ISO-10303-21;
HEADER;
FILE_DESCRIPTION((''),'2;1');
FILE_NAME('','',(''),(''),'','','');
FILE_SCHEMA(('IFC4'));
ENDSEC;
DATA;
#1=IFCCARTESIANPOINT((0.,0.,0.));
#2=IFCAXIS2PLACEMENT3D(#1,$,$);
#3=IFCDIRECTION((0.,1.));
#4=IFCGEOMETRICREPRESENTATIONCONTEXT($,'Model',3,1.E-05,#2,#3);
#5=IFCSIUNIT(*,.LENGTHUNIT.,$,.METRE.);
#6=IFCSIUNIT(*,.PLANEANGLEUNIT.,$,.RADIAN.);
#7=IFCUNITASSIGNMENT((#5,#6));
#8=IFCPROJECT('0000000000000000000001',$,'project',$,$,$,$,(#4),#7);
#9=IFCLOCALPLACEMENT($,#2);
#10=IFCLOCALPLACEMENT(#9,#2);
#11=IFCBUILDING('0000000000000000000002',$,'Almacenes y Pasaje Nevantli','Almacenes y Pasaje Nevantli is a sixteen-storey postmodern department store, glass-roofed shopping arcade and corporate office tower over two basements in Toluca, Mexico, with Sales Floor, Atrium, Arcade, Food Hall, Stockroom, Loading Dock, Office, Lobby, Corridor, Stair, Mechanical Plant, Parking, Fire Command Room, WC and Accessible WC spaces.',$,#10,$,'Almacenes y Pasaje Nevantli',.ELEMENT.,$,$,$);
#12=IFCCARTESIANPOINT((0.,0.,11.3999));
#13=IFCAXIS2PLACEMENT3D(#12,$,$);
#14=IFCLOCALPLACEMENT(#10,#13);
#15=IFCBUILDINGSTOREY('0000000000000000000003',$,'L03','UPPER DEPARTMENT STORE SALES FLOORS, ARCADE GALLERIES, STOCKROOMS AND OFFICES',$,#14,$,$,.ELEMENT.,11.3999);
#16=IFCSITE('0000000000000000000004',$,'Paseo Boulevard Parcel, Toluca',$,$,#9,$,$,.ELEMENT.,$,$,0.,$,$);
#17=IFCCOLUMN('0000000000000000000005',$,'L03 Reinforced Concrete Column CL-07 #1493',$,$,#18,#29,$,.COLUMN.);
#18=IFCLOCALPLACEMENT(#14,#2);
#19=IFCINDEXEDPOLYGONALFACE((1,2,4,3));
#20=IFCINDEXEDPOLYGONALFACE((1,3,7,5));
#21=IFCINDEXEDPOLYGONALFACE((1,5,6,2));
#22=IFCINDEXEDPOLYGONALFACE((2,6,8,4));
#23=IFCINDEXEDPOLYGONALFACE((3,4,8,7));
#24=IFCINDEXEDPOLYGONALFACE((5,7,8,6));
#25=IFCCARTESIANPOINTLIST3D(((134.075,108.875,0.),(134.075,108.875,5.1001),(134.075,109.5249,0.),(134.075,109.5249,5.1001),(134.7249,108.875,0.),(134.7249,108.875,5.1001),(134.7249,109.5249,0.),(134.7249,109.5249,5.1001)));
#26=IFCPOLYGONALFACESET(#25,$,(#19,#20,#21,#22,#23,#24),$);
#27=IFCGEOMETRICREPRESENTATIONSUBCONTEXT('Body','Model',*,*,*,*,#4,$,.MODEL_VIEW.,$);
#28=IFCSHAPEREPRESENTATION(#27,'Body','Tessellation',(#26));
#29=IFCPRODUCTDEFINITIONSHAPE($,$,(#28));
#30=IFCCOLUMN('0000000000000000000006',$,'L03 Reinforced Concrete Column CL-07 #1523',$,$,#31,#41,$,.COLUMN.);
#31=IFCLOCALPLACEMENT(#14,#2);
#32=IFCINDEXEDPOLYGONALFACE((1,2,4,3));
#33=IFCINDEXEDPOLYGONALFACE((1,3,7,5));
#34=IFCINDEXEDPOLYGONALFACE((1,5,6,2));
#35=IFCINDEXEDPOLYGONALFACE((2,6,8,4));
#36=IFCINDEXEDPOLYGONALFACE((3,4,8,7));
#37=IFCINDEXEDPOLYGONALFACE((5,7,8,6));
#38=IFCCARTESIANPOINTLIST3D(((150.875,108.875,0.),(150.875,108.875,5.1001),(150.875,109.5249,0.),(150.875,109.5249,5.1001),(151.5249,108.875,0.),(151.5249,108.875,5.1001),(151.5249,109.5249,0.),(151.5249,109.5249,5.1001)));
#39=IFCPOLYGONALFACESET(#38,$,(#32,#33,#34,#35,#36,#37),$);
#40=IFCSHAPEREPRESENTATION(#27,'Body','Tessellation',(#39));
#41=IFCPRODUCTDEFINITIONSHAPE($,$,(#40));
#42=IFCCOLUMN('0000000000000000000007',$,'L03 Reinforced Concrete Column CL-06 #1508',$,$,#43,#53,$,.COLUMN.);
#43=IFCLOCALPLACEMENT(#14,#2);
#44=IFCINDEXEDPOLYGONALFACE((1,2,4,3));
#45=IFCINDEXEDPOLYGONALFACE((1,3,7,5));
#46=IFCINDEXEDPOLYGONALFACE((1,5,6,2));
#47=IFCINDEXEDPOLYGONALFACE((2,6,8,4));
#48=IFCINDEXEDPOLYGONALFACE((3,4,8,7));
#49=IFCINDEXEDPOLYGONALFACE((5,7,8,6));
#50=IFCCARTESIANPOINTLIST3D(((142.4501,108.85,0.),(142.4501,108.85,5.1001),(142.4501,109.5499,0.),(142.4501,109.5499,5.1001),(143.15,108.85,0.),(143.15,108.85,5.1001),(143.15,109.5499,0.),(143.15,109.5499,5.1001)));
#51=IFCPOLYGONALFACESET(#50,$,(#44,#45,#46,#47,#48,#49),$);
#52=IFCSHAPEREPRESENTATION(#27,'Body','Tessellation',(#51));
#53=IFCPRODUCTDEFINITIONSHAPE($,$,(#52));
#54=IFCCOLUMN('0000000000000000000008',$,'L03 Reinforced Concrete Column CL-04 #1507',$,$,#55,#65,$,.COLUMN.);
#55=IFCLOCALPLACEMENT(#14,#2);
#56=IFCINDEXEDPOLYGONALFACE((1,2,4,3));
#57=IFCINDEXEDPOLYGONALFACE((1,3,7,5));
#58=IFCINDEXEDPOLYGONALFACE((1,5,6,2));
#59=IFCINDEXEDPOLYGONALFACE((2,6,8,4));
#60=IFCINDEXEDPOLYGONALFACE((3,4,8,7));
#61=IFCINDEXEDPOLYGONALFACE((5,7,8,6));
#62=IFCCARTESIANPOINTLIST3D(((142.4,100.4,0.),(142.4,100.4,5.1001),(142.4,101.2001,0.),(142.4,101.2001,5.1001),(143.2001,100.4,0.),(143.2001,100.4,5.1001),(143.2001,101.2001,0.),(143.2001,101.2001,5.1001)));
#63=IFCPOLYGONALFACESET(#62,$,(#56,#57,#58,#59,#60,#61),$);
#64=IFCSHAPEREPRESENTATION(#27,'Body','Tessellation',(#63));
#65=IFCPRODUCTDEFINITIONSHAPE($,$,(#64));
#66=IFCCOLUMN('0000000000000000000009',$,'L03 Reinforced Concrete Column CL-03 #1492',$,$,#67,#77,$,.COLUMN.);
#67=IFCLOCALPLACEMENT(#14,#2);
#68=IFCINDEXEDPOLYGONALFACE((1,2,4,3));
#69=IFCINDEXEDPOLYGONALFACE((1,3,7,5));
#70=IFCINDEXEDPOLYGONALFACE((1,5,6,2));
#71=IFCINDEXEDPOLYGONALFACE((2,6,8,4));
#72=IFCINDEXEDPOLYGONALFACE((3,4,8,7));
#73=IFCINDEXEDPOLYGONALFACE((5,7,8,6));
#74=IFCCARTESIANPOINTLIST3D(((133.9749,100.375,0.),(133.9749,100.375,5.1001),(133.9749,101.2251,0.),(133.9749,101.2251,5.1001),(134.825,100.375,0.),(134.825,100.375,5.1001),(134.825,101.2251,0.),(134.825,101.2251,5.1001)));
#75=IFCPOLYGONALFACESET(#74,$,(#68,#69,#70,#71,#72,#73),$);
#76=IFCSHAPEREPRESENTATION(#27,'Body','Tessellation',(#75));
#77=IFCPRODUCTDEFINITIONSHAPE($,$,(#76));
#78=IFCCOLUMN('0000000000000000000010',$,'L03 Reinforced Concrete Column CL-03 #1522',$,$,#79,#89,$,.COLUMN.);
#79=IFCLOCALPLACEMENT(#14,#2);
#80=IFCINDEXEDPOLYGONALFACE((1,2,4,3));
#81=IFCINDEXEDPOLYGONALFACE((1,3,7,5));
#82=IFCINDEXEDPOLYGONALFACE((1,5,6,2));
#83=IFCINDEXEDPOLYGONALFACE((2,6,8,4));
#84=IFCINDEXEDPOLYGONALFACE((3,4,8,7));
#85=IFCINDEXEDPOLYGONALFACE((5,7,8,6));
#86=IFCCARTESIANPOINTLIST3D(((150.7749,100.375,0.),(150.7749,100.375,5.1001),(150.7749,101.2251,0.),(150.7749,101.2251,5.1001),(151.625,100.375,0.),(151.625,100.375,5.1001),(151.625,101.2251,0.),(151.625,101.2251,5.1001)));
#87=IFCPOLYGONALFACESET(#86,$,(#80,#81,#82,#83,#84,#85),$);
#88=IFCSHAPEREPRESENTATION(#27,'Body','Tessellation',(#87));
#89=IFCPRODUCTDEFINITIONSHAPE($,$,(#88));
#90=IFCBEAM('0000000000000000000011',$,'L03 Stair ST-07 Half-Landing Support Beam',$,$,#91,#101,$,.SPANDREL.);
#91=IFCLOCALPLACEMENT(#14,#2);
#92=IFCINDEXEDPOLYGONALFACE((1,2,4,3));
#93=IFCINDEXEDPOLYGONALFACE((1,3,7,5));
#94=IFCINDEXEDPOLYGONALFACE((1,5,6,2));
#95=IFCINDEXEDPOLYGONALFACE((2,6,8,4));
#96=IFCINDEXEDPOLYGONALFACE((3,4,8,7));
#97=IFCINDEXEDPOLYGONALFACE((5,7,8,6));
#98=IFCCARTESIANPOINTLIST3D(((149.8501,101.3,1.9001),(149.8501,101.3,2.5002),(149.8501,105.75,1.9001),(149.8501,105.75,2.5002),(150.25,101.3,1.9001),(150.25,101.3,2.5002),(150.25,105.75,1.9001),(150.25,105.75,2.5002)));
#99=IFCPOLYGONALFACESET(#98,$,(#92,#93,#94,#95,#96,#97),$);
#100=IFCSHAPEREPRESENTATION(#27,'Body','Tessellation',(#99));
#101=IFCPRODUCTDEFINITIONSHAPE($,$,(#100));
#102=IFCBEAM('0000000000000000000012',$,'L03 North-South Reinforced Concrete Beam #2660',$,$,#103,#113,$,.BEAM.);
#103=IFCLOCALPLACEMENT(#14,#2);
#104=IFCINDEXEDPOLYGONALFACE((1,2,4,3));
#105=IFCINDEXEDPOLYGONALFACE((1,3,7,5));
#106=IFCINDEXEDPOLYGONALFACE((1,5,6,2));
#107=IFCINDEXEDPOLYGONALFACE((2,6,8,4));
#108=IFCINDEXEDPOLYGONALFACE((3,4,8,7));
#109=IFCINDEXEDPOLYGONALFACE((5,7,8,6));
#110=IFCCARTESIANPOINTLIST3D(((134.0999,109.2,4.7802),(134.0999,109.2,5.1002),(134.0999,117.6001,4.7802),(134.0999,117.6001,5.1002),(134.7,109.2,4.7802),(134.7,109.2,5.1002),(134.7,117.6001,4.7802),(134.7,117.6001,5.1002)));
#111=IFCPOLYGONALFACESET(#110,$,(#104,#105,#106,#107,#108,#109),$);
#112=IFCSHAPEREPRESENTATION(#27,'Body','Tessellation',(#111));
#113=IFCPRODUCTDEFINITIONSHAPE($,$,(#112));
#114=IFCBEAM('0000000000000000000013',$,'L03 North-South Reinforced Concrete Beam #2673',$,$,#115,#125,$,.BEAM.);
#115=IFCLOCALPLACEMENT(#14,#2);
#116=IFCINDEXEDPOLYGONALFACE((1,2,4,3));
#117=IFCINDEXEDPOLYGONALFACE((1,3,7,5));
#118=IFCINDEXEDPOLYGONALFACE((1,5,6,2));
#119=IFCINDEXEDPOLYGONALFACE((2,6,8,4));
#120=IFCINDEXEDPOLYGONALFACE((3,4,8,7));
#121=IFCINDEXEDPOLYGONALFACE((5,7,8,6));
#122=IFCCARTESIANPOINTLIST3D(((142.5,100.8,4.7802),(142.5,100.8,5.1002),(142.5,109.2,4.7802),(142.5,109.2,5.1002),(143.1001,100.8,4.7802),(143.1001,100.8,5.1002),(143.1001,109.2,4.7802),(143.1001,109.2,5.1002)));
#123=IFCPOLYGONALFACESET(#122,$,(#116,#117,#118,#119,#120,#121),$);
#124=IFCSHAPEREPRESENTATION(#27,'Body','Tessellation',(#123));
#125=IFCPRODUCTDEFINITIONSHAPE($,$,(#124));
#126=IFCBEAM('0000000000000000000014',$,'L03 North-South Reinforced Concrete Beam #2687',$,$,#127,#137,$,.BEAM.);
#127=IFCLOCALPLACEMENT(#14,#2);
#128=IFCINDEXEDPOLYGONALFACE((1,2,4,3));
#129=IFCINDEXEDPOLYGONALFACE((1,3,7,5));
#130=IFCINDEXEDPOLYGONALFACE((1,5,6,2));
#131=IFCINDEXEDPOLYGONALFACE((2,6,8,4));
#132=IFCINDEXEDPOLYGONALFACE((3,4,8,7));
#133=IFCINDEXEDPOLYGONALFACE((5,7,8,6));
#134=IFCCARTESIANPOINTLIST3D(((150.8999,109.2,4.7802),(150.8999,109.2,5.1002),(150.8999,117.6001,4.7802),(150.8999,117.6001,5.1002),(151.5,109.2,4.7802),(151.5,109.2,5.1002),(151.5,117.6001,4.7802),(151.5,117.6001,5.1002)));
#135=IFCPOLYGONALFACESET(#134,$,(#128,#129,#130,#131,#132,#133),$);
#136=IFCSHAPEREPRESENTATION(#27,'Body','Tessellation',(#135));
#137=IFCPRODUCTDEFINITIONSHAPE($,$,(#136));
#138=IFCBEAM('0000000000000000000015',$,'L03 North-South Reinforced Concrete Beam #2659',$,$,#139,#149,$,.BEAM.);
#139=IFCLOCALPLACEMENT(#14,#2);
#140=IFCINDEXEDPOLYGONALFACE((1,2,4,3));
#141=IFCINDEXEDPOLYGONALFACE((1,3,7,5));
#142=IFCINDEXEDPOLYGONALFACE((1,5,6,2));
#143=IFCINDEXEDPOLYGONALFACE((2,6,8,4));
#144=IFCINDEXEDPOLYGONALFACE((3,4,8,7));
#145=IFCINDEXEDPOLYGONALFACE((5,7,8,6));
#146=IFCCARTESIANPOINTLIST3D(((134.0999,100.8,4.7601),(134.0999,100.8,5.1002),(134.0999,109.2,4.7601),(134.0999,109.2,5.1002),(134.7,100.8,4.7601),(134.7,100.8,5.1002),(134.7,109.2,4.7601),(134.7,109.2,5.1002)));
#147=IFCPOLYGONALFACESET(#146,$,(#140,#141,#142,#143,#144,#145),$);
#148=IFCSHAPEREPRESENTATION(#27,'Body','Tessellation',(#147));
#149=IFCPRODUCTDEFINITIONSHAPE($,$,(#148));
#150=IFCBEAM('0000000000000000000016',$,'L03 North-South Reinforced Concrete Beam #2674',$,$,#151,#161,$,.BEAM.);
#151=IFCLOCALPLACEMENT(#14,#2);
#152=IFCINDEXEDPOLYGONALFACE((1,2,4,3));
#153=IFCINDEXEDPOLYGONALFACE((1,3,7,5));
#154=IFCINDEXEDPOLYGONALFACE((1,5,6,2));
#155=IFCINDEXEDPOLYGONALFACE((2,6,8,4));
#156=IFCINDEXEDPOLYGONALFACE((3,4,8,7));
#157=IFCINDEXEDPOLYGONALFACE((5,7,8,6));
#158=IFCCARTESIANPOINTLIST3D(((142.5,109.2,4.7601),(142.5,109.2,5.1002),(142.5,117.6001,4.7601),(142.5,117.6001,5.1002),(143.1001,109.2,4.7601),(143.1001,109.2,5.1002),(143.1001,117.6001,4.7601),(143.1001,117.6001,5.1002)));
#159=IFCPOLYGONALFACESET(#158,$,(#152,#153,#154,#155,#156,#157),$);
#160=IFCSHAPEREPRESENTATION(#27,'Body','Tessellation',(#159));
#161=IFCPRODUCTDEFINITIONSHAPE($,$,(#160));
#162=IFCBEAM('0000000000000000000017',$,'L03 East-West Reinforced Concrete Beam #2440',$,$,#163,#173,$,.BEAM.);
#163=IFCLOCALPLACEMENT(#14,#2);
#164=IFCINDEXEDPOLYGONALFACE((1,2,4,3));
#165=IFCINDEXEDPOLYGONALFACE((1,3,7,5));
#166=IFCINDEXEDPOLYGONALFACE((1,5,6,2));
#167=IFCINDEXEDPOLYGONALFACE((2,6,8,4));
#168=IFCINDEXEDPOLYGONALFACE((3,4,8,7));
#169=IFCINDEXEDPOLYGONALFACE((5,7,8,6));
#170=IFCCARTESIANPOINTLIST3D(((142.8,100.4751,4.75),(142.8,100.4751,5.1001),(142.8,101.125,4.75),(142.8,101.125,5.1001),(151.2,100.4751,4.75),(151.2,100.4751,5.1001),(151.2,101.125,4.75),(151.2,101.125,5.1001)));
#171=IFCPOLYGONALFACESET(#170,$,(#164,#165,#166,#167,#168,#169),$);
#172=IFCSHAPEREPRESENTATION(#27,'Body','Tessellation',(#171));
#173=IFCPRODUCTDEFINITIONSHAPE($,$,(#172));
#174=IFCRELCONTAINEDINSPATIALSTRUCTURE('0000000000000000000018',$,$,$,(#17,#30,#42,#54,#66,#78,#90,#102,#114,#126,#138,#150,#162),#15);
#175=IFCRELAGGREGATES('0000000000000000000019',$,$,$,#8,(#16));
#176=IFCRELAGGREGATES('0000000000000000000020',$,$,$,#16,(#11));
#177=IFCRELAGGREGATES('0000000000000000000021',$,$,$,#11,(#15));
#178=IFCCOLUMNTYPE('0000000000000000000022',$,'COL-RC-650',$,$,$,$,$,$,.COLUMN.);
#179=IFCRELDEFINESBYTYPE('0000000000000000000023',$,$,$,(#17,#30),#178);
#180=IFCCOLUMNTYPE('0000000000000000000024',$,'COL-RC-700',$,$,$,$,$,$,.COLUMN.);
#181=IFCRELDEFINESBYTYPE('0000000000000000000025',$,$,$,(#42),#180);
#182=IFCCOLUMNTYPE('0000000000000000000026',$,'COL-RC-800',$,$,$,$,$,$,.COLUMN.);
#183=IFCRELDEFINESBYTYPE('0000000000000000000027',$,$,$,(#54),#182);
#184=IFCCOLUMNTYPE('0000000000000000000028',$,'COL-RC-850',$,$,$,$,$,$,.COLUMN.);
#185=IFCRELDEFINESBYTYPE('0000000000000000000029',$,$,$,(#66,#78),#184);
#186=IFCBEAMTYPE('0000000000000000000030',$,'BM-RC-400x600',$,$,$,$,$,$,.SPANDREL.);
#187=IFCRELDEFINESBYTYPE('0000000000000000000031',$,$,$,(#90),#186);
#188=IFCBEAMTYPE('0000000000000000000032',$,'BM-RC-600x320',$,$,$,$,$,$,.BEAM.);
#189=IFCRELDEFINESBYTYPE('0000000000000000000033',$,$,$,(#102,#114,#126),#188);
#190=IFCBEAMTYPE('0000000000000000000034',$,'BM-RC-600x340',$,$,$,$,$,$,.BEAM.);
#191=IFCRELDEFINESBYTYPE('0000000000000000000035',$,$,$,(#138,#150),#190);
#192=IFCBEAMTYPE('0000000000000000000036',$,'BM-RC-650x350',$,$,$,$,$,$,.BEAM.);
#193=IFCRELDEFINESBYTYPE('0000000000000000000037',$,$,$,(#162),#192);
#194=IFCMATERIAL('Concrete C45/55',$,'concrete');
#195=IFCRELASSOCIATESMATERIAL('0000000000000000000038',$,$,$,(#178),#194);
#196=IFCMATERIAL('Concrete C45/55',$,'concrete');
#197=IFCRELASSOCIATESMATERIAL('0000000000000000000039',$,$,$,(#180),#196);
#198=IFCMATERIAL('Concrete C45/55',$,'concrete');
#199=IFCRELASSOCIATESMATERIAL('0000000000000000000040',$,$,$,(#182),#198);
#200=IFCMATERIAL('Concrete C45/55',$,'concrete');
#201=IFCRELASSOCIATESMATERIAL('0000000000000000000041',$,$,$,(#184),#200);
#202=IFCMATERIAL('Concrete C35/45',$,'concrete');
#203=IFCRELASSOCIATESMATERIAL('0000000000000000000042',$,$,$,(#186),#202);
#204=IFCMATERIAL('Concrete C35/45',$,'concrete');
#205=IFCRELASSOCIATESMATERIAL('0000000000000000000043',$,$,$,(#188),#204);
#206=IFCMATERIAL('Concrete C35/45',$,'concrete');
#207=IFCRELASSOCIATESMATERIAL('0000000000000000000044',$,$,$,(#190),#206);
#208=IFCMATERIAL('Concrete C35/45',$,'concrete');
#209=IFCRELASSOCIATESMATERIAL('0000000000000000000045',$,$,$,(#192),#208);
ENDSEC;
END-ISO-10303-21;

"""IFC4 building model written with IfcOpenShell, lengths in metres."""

from ifc_helpers import new_model, si_unit, direction, frame, origin, origin_2d, place, context, subcontext, project, spatial, rectangle, extrude, material, material_profile, profile_set, type_object, element, save


model = new_model("IFC4")

# Units and contexts
model_context = context("Model", 3, precision=1e-05, world=origin(), true_north=direction((0.0, 1.0)))
body_context = subcontext(model_context, "Body", "Model", "MODEL_VIEW")
ifc_project = project(units=[si_unit("LENGTHUNIT", "METRE"), si_unit("PLANEANGLEUNIT", "RADIAN")], contexts=[model_context])

# Site, building, storey
site_placement = place(None, origin())
site = spatial("IfcSite", under=ifc_project, at=site_placement, Name="Paseo Boulevard Parcel, Toluca", CompositionType="ELEMENT", RefElevation=0.0)
building_placement = place(site_placement, origin())
building = spatial("IfcBuilding", under=site, at=building_placement, Name="Almacenes y Pasaje Nevantli", Description="Almacenes y Pasaje Nevantli is a sixteen-storey postmodern department store, glass-roofed shopping arcade and corporate office tower over two basements in Toluca, Mexico, with Sales Floor, Atrium, Arcade, Food Hall, Stockroom, Loading Dock, Office, Lobby, Corridor, Stair, Mechanical Plant, Parking, Fire Command Room, WC and Accessible WC spaces.", LongName="Almacenes y Pasaje Nevantli", CompositionType="ELEMENT")
storey_placement = place(building_placement, frame((0.0, 0.0, 11.3999)))
storey = spatial("IfcBuildingStorey", under=building, at=storey_placement, Name="L03", Description="UPPER DEPARTMENT STORE SALES FLOORS, ARCADE GALLERIES, STOCKROOMS AND OFFICES", CompositionType="ELEMENT", Elevation=11.3999)

# Columns
ifc_material_1 = material(Name="Concrete C45/55", Category="concrete")
ifc_material_profile_1 = material_profile(ifc_material_1, rectangle(XDim=0.6499, YDim=0.6499, at=origin_2d()), Name="RC-COL-650x650")
ifc_profile_set_1 = profile_set([ifc_material_profile_1], Name="Concrete C45/55")
column_type_1 = type_object("IfcColumnType", Name="COL-RC-650", PredefinedType="COLUMN", material=ifc_profile_set_1)
for number, where, z_axis, x_axis, name in (
    (1, (134.3999, 109.2, 0.0), (0.0, 0.0, 1.0), (1.0, 0.0, 0.0), "L03 Reinforced Concrete Column CL-07 #1493"),
    (2, (151.2, 109.2, 0.0), (0.0, 0.0, 1.0), (1.0, 0.0, 0.0), "L03 Reinforced Concrete Column CL-07 #1523"),
):
    element("IfcColumn", number, at=place(storey_placement, frame(where, z_axis=z_axis, x_axis=x_axis)), inside=storey, type_object=column_type_1, Name=name, PredefinedType="COLUMN", context=body_context, shape_type="SweptSolid", body=[
        extrude(rectangle(XDim=0.6499, YDim=0.6499, at=origin_2d()), origin(), (0.0, 0.0, 1.0), 5.1001),
    ])
ifc_material_2 = material(Name="Concrete C45/55", Category="concrete")
ifc_material_profile_2 = material_profile(ifc_material_2, rectangle(XDim=0.7, YDim=0.7, at=origin_2d()), Name="RC-COL-700x700")
ifc_profile_set_2 = profile_set([ifc_material_profile_2], Name="Concrete C45/55")
column_type_2 = type_object("IfcColumnType", Name="COL-RC-700", PredefinedType="COLUMN", material=ifc_profile_set_2)
column_1_placement = place(storey_placement, frame((142.8, 109.2, 0.0), z_axis=(0.0, 0.0, 1.0), x_axis=(1.0, 0.0, 0.0)))
element("IfcColumn", 3, at=column_1_placement, inside=storey, type_object=column_type_2, Name="L03 Reinforced Concrete Column CL-06 #1508", PredefinedType="COLUMN", context=body_context, shape_type="SweptSolid", body=[
    extrude(rectangle(XDim=0.7, YDim=0.7, at=origin_2d()), origin(), (0.0, 0.0, 1.0), 5.1001),
])
ifc_material_3 = material(Name="Concrete C45/55", Category="concrete")
ifc_material_profile_3 = material_profile(ifc_material_3, rectangle(XDim=0.8, YDim=0.8, at=origin_2d()), Name="RC-COL-800x800")
ifc_profile_set_3 = profile_set([ifc_material_profile_3], Name="Concrete C45/55")
column_type_3 = type_object("IfcColumnType", Name="COL-RC-800", PredefinedType="COLUMN", material=ifc_profile_set_3)
column_2_placement = place(storey_placement, frame((142.8, 100.8, 0.0), z_axis=(0.0, 0.0, 1.0), x_axis=(1.0, 0.0, 0.0)))
element("IfcColumn", 4, at=column_2_placement, inside=storey, type_object=column_type_3, Name="L03 Reinforced Concrete Column CL-04 #1507", PredefinedType="COLUMN", context=body_context, shape_type="SweptSolid", body=[
    extrude(rectangle(XDim=0.8, YDim=0.8, at=origin_2d()), origin(), (0.0, 0.0, 1.0), 5.1001),
])
ifc_material_4 = material(Name="Concrete C45/55", Category="concrete")
ifc_material_profile_4 = material_profile(ifc_material_4, rectangle(XDim=0.8501, YDim=0.8501, at=origin_2d()), Name="RC-COL-850x850")
ifc_profile_set_4 = profile_set([ifc_material_profile_4], Name="Concrete C45/55")
column_type_4 = type_object("IfcColumnType", Name="COL-RC-850", PredefinedType="COLUMN", material=ifc_profile_set_4)
for number, where, z_axis, x_axis, name in (
    (5, (134.3999, 100.8, 0.0), (0.0, 0.0, 1.0), (1.0, 0.0, 0.0), "L03 Reinforced Concrete Column CL-03 #1492"),
    (6, (151.2, 100.8, 0.0), (0.0, 0.0, 1.0), (1.0, 0.0, 0.0), "L03 Reinforced Concrete Column CL-03 #1522"),
):
    element("IfcColumn", number, at=place(storey_placement, frame(where, z_axis=z_axis, x_axis=x_axis)), inside=storey, type_object=column_type_4, Name=name, PredefinedType="COLUMN", context=body_context, shape_type="SweptSolid", body=[
        extrude(rectangle(XDim=0.8501, YDim=0.8501, at=origin_2d()), origin(), (0.0, 0.0, 1.0), 5.1001),
    ])

# Beams
ifc_material_5 = material(Name="Concrete C35/45", Category="concrete")
ifc_material_profile_5 = material_profile(ifc_material_5, rectangle(XDim=0.3999, YDim=0.6001, at=origin_2d()), Name="RC-BM-400x600")
ifc_profile_set_5 = profile_set([ifc_material_profile_5], Name="Concrete C35/45")
beam_type_1 = type_object("IfcBeamType", Name="BM-RC-400x600", PredefinedType="SPANDREL", material=ifc_profile_set_5)
beam_1_placement = place(storey_placement, frame((150.05, 101.3, 2.2002), z_axis=(0.0, 1.0, 0.0), x_axis=(-1.0, 0.0, 0.0)))
element("IfcBeam", 7, at=beam_1_placement, inside=storey, type_object=beam_type_1, Name="L03 Stair ST-07 Half-Landing Support Beam", PredefinedType="SPANDREL", context=body_context, shape_type="SweptSolid", body=[
    extrude(rectangle(XDim=0.3999, YDim=0.6001, at=origin_2d()), origin(), (0.0, 0.0, 1.0), 4.45),
])
ifc_material_6 = material(Name="Concrete C35/45", Category="concrete")
ifc_material_profile_6 = material_profile(ifc_material_6, rectangle(XDim=0.6001, YDim=0.3201, at=origin_2d()), Name="RC-BM-600x320")
ifc_profile_set_6 = profile_set([ifc_material_profile_6], Name="Concrete C35/45")
beam_type_2 = type_object("IfcBeamType", Name="BM-RC-600x320", PredefinedType="BEAM", material=ifc_profile_set_6)
beam_2_placement = place(storey_placement, frame((134.3999, 109.2, 4.9402), z_axis=(0.0, 1.0, 0.0), x_axis=(-1.0, 0.0, 0.0)))
element("IfcBeam", 8, at=beam_2_placement, inside=storey, type_object=beam_type_2, Name="L03 North-South Reinforced Concrete Beam #2660", PredefinedType="BEAM", context=body_context, shape_type="SweptSolid", body=[
    extrude(rectangle(XDim=0.6001, YDim=0.3201, at=origin_2d()), origin(), (0.0, 0.0, 1.0), 8.4001),
])
beam_3_placement = place(storey_placement, frame((142.8, 100.8, 4.9402), z_axis=(0.0, 1.0, 0.0), x_axis=(-1.0, 0.0, 0.0)))
element("IfcBeam", 9, at=beam_3_placement, inside=storey, type_object=beam_type_2, Name="L03 North-South Reinforced Concrete Beam #2673", PredefinedType="BEAM", context=body_context, shape_type="SweptSolid", body=[
    extrude(rectangle(XDim=0.6001, YDim=0.3201, at=origin_2d()), origin(), (0.0, 0.0, 1.0), 8.3999),
])
beam_4_placement = place(storey_placement, frame((151.2, 109.2, 4.9402), z_axis=(0.0, 1.0, 0.0), x_axis=(-1.0, 0.0, 0.0)))
element("IfcBeam", 10, at=beam_4_placement, inside=storey, type_object=beam_type_2, Name="L03 North-South Reinforced Concrete Beam #2687", PredefinedType="BEAM", context=body_context, shape_type="SweptSolid", body=[
    extrude(rectangle(XDim=0.6001, YDim=0.3201, at=origin_2d()), origin(), (0.0, 0.0, 1.0), 8.4001),
])
ifc_material_7 = material(Name="Concrete C35/45", Category="concrete")
ifc_material_profile_7 = material_profile(ifc_material_7, rectangle(XDim=0.6001, YDim=0.3401, at=origin_2d()), Name="RC-BM-600x340")
ifc_profile_set_7 = profile_set([ifc_material_profile_7], Name="Concrete C35/45")
beam_type_3 = type_object("IfcBeamType", Name="BM-RC-600x340", PredefinedType="BEAM", material=ifc_profile_set_7)
beam_5_placement = place(storey_placement, frame((134.3999, 100.8, 4.9302), z_axis=(0.0, 1.0, 0.0), x_axis=(-1.0, 0.0, 0.0)))
element("IfcBeam", 11, at=beam_5_placement, inside=storey, type_object=beam_type_3, Name="L03 North-South Reinforced Concrete Beam #2659", PredefinedType="BEAM", context=body_context, shape_type="SweptSolid", body=[
    extrude(rectangle(XDim=0.6001, YDim=0.3401, at=origin_2d()), origin(), (0.0, 0.0, 1.0), 8.3999),
])
beam_6_placement = place(storey_placement, frame((142.8, 109.2, 4.9302), z_axis=(0.0, 1.0, 0.0), x_axis=(-1.0, 0.0, 0.0)))
element("IfcBeam", 12, at=beam_6_placement, inside=storey, type_object=beam_type_3, Name="L03 North-South Reinforced Concrete Beam #2674", PredefinedType="BEAM", context=body_context, shape_type="SweptSolid", body=[
    extrude(rectangle(XDim=0.6001, YDim=0.3401, at=origin_2d()), origin(), (0.0, 0.0, 1.0), 8.4001),
])
ifc_material_8 = material(Name="Concrete C35/45", Category="concrete")
ifc_material_profile_8 = material_profile(ifc_material_8, rectangle(XDim=0.6499, YDim=0.3501, at=origin_2d()), Name="RC-BM-650x350")
ifc_profile_set_8 = profile_set([ifc_material_profile_8], Name="Concrete C35/45")
beam_type_4 = type_object("IfcBeamType", Name="BM-RC-650x350", PredefinedType="BEAM", material=ifc_profile_set_8)
beam_7_placement = place(storey_placement, frame((142.8, 100.8, 4.925), z_axis=(1.0, 0.0, 0.0), x_axis=(0.0, 1.0, 0.0)))
element("IfcBeam", 13, at=beam_7_placement, inside=storey, type_object=beam_type_4, Name="L03 East-West Reinforced Concrete Beam #2440", PredefinedType="BEAM", context=body_context, shape_type="SweptSolid", body=[
    extrude(rectangle(XDim=0.6499, YDim=0.3501, at=origin_2d()), origin(), (0.0, 0.0, 1.0), 8.3999),
])

save(model, "model.ifc")
